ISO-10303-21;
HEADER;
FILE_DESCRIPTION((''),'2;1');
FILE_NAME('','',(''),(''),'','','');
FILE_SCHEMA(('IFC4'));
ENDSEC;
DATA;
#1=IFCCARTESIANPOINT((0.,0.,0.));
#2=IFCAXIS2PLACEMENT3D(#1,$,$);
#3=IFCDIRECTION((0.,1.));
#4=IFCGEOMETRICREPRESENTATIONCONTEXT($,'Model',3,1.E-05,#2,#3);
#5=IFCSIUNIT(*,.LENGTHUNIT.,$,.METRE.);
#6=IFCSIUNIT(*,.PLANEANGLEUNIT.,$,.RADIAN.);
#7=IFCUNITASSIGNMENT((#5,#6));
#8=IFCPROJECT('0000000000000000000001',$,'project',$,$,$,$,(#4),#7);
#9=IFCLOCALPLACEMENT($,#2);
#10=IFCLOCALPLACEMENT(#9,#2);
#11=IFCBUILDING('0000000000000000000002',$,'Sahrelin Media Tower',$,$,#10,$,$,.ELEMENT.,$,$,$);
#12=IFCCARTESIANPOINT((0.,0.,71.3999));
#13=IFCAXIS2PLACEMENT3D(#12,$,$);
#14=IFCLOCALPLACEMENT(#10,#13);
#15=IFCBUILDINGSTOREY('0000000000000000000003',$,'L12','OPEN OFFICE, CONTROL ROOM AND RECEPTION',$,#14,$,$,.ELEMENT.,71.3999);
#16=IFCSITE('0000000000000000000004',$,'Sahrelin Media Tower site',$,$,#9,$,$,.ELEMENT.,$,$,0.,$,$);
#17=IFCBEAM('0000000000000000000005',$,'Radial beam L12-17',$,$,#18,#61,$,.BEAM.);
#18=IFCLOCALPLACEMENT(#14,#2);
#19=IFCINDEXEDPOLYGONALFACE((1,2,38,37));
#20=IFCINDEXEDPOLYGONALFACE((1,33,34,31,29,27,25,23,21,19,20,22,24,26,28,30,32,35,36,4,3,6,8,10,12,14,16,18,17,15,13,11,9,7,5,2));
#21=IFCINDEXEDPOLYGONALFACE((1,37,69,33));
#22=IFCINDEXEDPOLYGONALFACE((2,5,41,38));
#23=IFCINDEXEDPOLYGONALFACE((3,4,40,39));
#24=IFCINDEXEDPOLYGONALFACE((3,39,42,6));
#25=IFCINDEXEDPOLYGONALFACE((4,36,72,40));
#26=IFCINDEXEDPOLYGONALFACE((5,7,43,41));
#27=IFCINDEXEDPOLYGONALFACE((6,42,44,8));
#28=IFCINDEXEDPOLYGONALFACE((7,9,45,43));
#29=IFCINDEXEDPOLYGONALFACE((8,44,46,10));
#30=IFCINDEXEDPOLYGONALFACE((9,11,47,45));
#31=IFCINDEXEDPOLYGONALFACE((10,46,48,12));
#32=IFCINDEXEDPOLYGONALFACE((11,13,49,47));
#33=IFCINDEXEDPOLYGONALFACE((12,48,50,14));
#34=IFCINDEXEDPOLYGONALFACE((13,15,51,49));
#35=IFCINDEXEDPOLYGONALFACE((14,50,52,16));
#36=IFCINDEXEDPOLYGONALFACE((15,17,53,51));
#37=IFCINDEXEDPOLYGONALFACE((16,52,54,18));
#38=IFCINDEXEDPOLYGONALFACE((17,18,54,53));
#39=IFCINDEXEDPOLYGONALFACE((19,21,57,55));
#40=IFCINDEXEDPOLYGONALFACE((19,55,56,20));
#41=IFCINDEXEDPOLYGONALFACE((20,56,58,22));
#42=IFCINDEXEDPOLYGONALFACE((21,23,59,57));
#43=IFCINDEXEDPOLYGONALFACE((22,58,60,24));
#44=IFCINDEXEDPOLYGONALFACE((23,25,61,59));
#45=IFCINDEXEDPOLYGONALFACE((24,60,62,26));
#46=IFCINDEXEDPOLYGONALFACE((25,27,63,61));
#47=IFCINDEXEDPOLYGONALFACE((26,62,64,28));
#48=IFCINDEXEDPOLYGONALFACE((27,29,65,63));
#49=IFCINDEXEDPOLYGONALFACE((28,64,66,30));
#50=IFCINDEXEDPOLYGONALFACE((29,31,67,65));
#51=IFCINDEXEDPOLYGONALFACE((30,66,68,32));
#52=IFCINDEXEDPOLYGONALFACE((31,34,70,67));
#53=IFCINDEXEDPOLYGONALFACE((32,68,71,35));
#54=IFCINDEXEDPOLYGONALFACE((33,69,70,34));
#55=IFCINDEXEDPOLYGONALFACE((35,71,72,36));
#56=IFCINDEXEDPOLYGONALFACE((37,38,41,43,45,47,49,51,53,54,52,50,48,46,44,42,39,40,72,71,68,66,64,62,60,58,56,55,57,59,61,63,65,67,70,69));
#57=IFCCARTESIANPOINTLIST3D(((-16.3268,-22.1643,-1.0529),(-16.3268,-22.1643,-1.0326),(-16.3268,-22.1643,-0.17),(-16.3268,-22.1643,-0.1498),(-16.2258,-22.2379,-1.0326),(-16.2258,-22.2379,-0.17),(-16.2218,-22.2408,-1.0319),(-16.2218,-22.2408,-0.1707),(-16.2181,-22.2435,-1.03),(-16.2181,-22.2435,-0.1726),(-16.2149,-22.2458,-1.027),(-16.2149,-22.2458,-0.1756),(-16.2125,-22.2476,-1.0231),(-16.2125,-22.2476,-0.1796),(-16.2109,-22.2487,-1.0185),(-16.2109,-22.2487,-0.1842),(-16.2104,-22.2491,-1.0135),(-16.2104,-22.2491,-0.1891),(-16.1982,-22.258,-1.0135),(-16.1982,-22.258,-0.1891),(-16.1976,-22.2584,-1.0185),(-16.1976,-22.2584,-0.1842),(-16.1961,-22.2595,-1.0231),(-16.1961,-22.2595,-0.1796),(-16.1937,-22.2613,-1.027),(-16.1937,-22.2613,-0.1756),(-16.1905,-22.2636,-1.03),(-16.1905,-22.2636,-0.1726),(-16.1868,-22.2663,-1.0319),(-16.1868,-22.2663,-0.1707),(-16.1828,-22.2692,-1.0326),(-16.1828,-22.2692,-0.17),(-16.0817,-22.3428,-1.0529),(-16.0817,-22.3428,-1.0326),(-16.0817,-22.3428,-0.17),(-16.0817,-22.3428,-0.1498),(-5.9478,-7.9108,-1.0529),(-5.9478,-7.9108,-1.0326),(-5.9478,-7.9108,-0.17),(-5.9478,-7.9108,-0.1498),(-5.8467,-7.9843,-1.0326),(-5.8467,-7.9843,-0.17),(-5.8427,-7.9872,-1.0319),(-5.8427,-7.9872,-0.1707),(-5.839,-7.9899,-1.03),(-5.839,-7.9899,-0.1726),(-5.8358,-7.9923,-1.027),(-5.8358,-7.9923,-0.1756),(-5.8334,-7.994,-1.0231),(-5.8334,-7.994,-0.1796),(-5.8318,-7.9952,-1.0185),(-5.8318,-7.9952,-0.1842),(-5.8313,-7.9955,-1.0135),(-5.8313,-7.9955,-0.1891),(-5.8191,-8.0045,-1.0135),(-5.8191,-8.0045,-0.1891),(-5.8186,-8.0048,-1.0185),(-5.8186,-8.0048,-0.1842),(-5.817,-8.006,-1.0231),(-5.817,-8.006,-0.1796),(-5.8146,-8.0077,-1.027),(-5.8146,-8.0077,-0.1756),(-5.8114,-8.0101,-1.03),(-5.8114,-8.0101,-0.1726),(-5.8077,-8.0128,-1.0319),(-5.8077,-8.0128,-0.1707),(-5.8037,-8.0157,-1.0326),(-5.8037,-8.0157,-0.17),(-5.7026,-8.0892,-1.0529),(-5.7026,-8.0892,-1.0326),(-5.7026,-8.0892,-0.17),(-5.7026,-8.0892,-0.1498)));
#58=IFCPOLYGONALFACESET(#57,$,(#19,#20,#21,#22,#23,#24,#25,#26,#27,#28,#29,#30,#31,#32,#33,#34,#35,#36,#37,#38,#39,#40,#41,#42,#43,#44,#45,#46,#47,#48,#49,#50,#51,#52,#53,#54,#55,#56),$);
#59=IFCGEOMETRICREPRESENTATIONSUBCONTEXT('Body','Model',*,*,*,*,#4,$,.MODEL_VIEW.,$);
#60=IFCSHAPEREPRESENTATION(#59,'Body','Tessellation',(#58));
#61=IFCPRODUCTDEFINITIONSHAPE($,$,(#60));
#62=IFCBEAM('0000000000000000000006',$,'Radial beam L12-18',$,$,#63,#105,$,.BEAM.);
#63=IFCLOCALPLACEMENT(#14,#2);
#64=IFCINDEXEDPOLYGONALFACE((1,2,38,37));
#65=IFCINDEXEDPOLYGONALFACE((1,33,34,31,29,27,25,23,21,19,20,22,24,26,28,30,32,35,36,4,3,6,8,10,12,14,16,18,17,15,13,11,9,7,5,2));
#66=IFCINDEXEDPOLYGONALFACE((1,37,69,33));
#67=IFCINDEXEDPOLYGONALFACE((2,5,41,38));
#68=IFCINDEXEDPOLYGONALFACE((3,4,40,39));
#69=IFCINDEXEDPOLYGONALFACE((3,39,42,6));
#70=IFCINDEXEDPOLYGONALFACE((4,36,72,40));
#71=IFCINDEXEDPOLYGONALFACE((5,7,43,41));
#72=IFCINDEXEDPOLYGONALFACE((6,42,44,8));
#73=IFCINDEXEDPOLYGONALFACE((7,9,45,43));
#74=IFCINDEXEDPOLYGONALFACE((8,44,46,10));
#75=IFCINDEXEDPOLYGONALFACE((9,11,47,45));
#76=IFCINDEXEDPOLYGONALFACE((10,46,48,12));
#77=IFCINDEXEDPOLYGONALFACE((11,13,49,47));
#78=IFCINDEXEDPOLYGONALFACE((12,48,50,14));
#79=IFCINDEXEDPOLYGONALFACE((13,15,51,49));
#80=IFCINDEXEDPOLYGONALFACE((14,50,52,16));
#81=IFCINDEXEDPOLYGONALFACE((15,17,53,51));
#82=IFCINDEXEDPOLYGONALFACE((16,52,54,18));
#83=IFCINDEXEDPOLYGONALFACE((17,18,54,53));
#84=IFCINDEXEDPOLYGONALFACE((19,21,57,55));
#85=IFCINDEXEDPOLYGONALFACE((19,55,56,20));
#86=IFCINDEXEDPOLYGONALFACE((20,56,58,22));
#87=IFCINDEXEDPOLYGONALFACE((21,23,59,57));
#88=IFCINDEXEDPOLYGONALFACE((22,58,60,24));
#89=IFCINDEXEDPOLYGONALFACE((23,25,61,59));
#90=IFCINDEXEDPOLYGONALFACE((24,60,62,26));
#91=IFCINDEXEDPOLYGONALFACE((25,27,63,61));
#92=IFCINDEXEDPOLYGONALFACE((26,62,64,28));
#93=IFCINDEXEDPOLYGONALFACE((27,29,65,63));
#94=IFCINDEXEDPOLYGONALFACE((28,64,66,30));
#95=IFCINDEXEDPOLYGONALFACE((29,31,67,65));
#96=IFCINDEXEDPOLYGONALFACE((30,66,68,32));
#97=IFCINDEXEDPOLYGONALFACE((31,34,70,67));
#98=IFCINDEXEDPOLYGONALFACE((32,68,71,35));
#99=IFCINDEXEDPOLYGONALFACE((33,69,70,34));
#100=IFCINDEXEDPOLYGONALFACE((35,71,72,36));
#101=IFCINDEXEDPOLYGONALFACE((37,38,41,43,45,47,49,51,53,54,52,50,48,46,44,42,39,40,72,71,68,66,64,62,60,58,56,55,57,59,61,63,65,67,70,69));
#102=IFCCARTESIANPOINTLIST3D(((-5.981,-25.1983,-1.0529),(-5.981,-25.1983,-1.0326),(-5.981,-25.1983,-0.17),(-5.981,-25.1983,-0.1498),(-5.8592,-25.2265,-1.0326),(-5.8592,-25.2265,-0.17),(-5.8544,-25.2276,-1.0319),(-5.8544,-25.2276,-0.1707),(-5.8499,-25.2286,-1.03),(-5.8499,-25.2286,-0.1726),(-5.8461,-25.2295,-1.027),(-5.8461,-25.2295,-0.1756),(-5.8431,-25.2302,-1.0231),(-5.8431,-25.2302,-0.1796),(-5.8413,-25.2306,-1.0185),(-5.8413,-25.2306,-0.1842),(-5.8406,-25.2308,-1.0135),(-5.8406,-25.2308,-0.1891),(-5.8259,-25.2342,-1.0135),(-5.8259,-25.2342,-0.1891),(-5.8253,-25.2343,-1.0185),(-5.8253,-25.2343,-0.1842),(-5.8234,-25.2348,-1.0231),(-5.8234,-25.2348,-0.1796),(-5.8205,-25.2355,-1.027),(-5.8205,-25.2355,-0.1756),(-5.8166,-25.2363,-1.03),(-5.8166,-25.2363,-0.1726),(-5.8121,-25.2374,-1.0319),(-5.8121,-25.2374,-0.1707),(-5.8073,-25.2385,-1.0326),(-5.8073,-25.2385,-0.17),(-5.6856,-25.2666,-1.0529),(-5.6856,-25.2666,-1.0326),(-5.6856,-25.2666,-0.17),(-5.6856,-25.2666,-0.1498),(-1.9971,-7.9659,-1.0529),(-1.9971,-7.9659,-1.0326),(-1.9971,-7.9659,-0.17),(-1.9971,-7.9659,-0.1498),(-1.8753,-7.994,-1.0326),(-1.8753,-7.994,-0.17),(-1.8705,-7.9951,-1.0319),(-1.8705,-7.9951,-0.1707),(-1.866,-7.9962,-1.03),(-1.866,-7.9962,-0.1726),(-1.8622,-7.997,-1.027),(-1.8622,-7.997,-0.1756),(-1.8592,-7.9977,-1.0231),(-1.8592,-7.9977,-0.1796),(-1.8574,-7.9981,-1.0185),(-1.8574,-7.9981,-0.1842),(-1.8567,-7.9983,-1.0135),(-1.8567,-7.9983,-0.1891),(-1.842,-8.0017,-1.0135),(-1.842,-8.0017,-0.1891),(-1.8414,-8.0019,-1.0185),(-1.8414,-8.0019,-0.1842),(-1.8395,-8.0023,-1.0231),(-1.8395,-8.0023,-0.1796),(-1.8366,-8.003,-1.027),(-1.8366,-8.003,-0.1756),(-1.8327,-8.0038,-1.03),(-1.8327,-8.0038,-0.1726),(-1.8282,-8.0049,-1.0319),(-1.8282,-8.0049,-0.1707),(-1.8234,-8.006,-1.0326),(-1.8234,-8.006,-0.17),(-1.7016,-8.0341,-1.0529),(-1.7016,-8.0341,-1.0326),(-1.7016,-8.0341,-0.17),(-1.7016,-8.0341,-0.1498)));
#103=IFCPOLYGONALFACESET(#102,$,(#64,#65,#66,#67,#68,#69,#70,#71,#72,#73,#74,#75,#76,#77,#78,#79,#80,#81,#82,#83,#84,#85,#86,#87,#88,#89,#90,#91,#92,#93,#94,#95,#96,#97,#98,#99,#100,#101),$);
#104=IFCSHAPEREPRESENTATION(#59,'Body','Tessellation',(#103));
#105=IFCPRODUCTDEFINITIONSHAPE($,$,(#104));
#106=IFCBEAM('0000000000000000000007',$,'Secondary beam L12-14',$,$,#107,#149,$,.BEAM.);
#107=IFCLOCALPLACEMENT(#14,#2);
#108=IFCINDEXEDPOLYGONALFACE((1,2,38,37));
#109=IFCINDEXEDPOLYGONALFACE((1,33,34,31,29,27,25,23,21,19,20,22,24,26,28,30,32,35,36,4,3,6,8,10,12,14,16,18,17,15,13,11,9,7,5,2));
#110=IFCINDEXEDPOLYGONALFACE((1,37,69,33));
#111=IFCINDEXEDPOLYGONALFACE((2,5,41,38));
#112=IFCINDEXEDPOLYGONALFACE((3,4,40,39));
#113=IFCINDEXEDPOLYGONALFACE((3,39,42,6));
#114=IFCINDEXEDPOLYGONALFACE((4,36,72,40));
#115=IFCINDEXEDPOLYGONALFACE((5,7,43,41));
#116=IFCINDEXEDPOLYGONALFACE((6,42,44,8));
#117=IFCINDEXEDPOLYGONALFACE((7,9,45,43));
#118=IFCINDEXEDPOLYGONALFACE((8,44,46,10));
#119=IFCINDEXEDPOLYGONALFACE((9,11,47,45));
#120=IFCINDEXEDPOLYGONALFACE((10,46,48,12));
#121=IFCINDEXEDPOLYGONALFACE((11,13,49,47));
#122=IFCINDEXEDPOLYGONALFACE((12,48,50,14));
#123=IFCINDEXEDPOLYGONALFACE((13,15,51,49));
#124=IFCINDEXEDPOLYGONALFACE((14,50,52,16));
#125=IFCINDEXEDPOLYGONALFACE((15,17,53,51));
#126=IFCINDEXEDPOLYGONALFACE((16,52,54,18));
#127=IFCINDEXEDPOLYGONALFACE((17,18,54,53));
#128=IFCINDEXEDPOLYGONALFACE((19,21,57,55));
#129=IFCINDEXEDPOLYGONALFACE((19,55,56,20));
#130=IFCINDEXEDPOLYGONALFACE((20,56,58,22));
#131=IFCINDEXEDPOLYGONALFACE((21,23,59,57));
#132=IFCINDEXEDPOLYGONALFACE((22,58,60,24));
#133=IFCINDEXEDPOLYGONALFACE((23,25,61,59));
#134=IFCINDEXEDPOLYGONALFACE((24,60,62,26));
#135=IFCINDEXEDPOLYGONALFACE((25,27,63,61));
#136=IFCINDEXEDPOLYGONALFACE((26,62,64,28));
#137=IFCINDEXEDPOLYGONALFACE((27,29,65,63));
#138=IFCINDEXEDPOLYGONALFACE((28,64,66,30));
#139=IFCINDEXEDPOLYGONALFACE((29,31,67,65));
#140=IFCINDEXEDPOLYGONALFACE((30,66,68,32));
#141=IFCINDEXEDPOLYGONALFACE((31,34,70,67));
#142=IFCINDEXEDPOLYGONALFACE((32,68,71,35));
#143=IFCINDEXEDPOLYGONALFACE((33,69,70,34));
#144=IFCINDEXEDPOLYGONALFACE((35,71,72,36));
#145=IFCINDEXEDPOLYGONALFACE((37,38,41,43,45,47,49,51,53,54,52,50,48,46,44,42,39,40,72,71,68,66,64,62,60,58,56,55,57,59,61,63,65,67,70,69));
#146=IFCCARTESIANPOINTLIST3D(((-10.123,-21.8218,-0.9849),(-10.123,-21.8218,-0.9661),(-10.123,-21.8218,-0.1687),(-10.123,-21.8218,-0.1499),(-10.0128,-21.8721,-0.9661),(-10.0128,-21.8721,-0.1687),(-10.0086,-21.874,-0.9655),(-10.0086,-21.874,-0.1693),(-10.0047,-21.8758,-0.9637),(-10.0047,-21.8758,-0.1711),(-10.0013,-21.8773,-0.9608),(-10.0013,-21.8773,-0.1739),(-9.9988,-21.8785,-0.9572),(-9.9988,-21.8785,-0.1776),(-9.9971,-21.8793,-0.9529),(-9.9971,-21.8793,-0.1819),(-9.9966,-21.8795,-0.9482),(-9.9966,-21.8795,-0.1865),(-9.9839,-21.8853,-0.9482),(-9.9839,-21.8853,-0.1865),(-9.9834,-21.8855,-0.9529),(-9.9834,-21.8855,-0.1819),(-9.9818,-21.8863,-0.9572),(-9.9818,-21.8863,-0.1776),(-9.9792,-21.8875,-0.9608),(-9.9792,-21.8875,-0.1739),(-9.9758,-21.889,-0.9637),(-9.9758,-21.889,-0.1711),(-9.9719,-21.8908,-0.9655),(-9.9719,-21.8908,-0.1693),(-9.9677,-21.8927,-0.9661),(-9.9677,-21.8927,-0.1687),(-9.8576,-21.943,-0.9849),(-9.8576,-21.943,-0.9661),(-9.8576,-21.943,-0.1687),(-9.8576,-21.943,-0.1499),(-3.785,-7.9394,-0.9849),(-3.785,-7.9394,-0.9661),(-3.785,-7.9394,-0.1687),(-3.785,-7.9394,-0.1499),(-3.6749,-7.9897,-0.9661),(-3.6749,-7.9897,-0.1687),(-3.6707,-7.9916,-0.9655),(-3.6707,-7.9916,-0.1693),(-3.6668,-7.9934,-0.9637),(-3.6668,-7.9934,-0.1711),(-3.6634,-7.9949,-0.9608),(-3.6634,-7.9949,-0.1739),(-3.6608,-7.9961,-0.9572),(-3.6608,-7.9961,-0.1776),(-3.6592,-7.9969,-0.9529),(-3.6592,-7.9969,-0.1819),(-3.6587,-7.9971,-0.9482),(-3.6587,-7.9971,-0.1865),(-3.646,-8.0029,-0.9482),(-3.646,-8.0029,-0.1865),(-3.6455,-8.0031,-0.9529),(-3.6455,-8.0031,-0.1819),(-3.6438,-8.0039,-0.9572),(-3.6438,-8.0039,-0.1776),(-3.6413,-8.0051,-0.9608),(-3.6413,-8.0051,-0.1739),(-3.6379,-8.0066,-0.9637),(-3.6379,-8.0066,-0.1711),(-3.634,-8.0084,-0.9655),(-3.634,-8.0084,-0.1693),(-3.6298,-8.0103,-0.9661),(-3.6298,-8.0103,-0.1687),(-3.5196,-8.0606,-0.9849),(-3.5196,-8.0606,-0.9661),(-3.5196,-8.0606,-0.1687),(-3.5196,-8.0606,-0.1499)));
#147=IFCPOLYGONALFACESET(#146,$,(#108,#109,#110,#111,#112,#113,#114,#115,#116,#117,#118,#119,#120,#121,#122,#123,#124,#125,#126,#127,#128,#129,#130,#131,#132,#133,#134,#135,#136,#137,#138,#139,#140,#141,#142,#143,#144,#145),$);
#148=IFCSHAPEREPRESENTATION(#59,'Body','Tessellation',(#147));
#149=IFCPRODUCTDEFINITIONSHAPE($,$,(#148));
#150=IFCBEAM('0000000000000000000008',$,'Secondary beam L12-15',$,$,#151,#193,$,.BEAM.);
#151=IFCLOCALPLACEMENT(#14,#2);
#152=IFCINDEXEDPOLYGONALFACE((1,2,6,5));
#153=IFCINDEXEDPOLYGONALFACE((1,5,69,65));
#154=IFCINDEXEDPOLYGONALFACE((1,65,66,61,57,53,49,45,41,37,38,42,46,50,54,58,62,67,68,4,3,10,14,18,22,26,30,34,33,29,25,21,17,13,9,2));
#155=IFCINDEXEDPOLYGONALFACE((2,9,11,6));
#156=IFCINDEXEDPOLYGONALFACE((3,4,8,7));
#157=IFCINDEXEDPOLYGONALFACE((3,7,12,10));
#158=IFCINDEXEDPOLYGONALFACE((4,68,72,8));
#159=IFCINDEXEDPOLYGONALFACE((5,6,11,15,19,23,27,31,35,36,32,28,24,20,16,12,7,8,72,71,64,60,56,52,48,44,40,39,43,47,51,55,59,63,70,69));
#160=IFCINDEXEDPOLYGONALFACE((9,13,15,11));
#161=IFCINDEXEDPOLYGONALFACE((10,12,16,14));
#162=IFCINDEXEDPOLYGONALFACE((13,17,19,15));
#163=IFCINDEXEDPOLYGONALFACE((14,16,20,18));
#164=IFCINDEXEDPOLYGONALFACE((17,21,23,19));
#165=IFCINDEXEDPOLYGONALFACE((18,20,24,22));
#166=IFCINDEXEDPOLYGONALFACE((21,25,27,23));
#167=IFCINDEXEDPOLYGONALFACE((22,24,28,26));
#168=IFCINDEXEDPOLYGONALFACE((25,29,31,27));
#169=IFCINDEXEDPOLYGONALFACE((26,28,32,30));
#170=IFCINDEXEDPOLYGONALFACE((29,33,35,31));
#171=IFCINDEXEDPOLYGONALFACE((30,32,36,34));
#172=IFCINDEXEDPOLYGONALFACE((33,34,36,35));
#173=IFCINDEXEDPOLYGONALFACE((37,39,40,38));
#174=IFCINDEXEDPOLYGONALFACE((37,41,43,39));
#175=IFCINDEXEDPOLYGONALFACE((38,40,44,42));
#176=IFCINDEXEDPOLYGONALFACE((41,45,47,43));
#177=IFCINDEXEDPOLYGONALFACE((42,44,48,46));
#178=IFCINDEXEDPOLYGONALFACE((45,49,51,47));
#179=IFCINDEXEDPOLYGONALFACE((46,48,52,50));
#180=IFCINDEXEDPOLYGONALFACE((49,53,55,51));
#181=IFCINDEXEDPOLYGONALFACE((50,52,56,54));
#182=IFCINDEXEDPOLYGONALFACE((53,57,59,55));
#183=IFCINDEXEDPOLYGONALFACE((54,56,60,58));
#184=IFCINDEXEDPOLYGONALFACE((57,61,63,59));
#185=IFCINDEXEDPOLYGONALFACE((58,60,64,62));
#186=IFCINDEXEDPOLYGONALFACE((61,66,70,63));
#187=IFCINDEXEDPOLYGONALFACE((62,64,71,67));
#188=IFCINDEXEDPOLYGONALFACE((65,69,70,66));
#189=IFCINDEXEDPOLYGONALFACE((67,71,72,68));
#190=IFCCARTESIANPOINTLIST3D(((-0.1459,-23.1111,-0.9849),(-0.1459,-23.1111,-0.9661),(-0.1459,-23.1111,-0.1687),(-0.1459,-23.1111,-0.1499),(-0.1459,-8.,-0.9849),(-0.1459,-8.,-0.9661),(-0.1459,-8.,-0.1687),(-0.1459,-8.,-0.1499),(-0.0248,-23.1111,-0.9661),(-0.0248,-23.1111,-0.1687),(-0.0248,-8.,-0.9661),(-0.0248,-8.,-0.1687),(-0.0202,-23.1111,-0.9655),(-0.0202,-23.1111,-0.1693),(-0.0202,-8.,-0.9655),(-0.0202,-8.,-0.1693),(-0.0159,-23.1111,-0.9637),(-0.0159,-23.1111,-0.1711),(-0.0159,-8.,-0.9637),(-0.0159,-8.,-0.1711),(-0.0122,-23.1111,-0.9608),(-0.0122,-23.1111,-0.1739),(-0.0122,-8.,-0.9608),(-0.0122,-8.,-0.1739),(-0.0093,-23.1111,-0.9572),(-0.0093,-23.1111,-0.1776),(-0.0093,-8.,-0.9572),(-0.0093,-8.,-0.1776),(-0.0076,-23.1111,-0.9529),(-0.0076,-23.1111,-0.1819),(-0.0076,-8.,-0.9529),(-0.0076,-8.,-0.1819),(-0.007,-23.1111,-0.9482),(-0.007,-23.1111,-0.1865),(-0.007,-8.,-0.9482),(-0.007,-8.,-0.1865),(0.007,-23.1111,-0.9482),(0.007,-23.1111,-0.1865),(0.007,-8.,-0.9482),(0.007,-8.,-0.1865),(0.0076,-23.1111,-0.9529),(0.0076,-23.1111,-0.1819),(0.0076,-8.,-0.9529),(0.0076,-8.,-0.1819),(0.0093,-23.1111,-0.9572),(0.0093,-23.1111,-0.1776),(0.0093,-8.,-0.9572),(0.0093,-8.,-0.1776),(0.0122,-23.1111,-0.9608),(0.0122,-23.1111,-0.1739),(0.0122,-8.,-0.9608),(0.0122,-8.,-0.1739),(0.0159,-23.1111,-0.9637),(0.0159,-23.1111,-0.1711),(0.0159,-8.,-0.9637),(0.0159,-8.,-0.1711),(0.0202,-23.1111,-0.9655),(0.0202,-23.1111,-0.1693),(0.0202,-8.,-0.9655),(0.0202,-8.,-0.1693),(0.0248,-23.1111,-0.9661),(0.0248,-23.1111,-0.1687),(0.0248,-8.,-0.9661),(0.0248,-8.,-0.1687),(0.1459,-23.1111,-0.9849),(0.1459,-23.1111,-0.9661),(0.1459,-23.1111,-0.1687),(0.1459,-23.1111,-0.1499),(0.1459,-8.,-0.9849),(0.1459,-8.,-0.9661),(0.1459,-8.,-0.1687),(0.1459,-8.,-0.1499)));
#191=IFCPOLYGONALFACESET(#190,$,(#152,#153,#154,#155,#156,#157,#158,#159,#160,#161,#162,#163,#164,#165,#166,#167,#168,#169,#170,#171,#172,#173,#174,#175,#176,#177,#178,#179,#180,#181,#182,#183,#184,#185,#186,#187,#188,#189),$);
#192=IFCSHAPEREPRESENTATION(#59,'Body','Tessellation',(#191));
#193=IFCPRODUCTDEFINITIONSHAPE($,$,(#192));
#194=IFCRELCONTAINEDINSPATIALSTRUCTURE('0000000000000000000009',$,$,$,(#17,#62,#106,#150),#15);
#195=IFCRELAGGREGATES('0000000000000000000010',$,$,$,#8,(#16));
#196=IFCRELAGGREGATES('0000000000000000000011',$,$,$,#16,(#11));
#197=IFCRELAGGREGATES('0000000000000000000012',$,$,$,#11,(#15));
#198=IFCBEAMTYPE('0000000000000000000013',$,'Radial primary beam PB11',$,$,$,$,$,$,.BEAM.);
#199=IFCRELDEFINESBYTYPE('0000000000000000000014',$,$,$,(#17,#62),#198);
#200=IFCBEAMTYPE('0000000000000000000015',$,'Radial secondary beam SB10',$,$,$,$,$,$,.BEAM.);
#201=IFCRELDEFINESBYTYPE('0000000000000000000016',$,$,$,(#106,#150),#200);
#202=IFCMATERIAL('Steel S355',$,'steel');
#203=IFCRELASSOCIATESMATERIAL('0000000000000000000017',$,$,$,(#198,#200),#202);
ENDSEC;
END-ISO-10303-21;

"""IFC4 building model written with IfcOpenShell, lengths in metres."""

from ifc_helpers import new_model, si_unit, direction, frame, origin, origin_2d, place, context, subcontext, project, spatial, i_section, extrude, material, material_profile, profile_set, type_object, element, save


model = new_model("IFC4")

# Units and contexts
model_context = context("Model", 3, precision=1e-05, world=origin(), true_north=direction((0.0, 1.0)))
body_context = subcontext(model_context, "Body", "Model", "MODEL_VIEW")
ifc_project = project(units=[si_unit("LENGTHUNIT", "METRE"), si_unit("PLANEANGLEUNIT", "RADIAN")], contexts=[model_context])

# Site, building, storey
site_placement = place(None, origin())
site = spatial("IfcSite", under=ifc_project, at=site_placement, Name="Sahrelin Media Tower site", CompositionType="ELEMENT", RefElevation=0.0)
building_placement = place(site_placement, origin())
building = spatial("IfcBuilding", under=site, at=building_placement, Name="Sahrelin Media Tower", CompositionType="ELEMENT")
storey_placement = place(building_placement, frame((0.0, 0.0, 71.3999)))
storey = spatial("IfcBuildingStorey", under=building, at=storey_placement, Name="L12", Description="OPEN OFFICE, CONTROL ROOM AND RECEPTION", CompositionType="ELEMENT", Elevation=71.3999)

# Beams
ifc_material_1 = material(Name="Steel S355", Category="steel")
ifc_material_profile_1 = material_profile(ifc_material_1, i_section(OverallWidth=0.3032, OverallDepth=0.9031, WebThickness=0.0151, FlangeThickness=0.0203, FilletRadius=0.019, at=origin_2d()), Name="UB 914x305x201")
ifc_profile_set_1 = profile_set([ifc_material_profile_1], Name="Steel S355")
beam_type_1 = type_object("IfcBeamType", Name="Radial primary beam PB11", PredefinedType="BEAM", material=ifc_profile_set_1)
beam_1_placement = place(storey_placement, frame((-5.8252, -8.0, -0.6013), z_axis=(-0.588648, -0.808389, 0.0), x_axis=(0.808389, -0.588648, 0.0)))
element("IfcBeam", 1, at=beam_1_placement, inside=storey, type_object=beam_type_1, Name="Radial beam L12-17", PredefinedType="BEAM", context=body_context, shape_type="SweptSolid", body=[
    extrude(i_section(OverallWidth=0.3032, OverallDepth=0.9031, WebThickness=0.0151, FlangeThickness=0.0203, FilletRadius=0.019, at=origin_2d()), origin(), (0.0, 0.0, 1.0), 17.6321),
])
beam_2_placement = place(storey_placement, frame((-1.8494, -8.0, -0.6013), z_axis=(-0.225245, -0.974302, 0.0), x_axis=(0.974302, -0.225245, 0.0)))
element("IfcBeam", 2, at=beam_2_placement, inside=storey, type_object=beam_type_1, Name="Radial beam L12-18", PredefinedType="BEAM", context=body_context, shape_type="SweptSolid", body=[
    extrude(i_section(OverallWidth=0.3032, OverallDepth=0.9031, WebThickness=0.0151, FlangeThickness=0.0203, FilletRadius=0.019, at=origin_2d()), origin(), (0.0, 0.0, 1.0), 17.687),
])
ifc_material_profile_2 = material_profile(ifc_material_1, i_section(OverallWidth=0.2917, OverallDepth=0.835, WebThickness=0.0139, FlangeThickness=0.0188, FilletRadius=0.0178, at=origin_2d()), Name="UB 838x292x176")
ifc_profile_set_2 = profile_set([ifc_material_profile_2], Name="Steel S355")
beam_type_2 = type_object("IfcBeamType", Name="Radial secondary beam SB10", PredefinedType="BEAM", material=ifc_profile_set_2)
beam_3_placement = place(storey_placement, frame((-3.6523, -8.0, -0.5674), z_axis=(-0.415309, -0.90968, 0.0), x_axis=(0.90968, -0.415309, 0.0)))
element("IfcBeam", 3, at=beam_3_placement, inside=storey, type_object=beam_type_2, Name="Secondary beam L12-14", PredefinedType="BEAM", context=body_context, shape_type="SweptSolid", body=[
    extrude(i_section(OverallWidth=0.2917, OverallDepth=0.835, WebThickness=0.0139, FlangeThickness=0.0188, FilletRadius=0.0178, at=origin_2d()), origin(), (0.0, 0.0, 1.0), 15.2607),
])
beam_4_placement = place(storey_placement, frame((0.0, -8.0, -0.5674), z_axis=(0.0, -1.0, 0.0), x_axis=(1.0, 0.0, 0.0)))
element("IfcBeam", 4, at=beam_4_placement, inside=storey, type_object=beam_type_2, Name="Secondary beam L12-15", PredefinedType="BEAM", context=body_context, shape_type="SweptSolid", body=[
    extrude(i_section(OverallWidth=0.2917, OverallDepth=0.835, WebThickness=0.0139, FlangeThickness=0.0188, FilletRadius=0.0178, at=origin_2d()), origin(), (0.0, 0.0, 1.0), 15.1111),
])

save(model, "model.ifc")
